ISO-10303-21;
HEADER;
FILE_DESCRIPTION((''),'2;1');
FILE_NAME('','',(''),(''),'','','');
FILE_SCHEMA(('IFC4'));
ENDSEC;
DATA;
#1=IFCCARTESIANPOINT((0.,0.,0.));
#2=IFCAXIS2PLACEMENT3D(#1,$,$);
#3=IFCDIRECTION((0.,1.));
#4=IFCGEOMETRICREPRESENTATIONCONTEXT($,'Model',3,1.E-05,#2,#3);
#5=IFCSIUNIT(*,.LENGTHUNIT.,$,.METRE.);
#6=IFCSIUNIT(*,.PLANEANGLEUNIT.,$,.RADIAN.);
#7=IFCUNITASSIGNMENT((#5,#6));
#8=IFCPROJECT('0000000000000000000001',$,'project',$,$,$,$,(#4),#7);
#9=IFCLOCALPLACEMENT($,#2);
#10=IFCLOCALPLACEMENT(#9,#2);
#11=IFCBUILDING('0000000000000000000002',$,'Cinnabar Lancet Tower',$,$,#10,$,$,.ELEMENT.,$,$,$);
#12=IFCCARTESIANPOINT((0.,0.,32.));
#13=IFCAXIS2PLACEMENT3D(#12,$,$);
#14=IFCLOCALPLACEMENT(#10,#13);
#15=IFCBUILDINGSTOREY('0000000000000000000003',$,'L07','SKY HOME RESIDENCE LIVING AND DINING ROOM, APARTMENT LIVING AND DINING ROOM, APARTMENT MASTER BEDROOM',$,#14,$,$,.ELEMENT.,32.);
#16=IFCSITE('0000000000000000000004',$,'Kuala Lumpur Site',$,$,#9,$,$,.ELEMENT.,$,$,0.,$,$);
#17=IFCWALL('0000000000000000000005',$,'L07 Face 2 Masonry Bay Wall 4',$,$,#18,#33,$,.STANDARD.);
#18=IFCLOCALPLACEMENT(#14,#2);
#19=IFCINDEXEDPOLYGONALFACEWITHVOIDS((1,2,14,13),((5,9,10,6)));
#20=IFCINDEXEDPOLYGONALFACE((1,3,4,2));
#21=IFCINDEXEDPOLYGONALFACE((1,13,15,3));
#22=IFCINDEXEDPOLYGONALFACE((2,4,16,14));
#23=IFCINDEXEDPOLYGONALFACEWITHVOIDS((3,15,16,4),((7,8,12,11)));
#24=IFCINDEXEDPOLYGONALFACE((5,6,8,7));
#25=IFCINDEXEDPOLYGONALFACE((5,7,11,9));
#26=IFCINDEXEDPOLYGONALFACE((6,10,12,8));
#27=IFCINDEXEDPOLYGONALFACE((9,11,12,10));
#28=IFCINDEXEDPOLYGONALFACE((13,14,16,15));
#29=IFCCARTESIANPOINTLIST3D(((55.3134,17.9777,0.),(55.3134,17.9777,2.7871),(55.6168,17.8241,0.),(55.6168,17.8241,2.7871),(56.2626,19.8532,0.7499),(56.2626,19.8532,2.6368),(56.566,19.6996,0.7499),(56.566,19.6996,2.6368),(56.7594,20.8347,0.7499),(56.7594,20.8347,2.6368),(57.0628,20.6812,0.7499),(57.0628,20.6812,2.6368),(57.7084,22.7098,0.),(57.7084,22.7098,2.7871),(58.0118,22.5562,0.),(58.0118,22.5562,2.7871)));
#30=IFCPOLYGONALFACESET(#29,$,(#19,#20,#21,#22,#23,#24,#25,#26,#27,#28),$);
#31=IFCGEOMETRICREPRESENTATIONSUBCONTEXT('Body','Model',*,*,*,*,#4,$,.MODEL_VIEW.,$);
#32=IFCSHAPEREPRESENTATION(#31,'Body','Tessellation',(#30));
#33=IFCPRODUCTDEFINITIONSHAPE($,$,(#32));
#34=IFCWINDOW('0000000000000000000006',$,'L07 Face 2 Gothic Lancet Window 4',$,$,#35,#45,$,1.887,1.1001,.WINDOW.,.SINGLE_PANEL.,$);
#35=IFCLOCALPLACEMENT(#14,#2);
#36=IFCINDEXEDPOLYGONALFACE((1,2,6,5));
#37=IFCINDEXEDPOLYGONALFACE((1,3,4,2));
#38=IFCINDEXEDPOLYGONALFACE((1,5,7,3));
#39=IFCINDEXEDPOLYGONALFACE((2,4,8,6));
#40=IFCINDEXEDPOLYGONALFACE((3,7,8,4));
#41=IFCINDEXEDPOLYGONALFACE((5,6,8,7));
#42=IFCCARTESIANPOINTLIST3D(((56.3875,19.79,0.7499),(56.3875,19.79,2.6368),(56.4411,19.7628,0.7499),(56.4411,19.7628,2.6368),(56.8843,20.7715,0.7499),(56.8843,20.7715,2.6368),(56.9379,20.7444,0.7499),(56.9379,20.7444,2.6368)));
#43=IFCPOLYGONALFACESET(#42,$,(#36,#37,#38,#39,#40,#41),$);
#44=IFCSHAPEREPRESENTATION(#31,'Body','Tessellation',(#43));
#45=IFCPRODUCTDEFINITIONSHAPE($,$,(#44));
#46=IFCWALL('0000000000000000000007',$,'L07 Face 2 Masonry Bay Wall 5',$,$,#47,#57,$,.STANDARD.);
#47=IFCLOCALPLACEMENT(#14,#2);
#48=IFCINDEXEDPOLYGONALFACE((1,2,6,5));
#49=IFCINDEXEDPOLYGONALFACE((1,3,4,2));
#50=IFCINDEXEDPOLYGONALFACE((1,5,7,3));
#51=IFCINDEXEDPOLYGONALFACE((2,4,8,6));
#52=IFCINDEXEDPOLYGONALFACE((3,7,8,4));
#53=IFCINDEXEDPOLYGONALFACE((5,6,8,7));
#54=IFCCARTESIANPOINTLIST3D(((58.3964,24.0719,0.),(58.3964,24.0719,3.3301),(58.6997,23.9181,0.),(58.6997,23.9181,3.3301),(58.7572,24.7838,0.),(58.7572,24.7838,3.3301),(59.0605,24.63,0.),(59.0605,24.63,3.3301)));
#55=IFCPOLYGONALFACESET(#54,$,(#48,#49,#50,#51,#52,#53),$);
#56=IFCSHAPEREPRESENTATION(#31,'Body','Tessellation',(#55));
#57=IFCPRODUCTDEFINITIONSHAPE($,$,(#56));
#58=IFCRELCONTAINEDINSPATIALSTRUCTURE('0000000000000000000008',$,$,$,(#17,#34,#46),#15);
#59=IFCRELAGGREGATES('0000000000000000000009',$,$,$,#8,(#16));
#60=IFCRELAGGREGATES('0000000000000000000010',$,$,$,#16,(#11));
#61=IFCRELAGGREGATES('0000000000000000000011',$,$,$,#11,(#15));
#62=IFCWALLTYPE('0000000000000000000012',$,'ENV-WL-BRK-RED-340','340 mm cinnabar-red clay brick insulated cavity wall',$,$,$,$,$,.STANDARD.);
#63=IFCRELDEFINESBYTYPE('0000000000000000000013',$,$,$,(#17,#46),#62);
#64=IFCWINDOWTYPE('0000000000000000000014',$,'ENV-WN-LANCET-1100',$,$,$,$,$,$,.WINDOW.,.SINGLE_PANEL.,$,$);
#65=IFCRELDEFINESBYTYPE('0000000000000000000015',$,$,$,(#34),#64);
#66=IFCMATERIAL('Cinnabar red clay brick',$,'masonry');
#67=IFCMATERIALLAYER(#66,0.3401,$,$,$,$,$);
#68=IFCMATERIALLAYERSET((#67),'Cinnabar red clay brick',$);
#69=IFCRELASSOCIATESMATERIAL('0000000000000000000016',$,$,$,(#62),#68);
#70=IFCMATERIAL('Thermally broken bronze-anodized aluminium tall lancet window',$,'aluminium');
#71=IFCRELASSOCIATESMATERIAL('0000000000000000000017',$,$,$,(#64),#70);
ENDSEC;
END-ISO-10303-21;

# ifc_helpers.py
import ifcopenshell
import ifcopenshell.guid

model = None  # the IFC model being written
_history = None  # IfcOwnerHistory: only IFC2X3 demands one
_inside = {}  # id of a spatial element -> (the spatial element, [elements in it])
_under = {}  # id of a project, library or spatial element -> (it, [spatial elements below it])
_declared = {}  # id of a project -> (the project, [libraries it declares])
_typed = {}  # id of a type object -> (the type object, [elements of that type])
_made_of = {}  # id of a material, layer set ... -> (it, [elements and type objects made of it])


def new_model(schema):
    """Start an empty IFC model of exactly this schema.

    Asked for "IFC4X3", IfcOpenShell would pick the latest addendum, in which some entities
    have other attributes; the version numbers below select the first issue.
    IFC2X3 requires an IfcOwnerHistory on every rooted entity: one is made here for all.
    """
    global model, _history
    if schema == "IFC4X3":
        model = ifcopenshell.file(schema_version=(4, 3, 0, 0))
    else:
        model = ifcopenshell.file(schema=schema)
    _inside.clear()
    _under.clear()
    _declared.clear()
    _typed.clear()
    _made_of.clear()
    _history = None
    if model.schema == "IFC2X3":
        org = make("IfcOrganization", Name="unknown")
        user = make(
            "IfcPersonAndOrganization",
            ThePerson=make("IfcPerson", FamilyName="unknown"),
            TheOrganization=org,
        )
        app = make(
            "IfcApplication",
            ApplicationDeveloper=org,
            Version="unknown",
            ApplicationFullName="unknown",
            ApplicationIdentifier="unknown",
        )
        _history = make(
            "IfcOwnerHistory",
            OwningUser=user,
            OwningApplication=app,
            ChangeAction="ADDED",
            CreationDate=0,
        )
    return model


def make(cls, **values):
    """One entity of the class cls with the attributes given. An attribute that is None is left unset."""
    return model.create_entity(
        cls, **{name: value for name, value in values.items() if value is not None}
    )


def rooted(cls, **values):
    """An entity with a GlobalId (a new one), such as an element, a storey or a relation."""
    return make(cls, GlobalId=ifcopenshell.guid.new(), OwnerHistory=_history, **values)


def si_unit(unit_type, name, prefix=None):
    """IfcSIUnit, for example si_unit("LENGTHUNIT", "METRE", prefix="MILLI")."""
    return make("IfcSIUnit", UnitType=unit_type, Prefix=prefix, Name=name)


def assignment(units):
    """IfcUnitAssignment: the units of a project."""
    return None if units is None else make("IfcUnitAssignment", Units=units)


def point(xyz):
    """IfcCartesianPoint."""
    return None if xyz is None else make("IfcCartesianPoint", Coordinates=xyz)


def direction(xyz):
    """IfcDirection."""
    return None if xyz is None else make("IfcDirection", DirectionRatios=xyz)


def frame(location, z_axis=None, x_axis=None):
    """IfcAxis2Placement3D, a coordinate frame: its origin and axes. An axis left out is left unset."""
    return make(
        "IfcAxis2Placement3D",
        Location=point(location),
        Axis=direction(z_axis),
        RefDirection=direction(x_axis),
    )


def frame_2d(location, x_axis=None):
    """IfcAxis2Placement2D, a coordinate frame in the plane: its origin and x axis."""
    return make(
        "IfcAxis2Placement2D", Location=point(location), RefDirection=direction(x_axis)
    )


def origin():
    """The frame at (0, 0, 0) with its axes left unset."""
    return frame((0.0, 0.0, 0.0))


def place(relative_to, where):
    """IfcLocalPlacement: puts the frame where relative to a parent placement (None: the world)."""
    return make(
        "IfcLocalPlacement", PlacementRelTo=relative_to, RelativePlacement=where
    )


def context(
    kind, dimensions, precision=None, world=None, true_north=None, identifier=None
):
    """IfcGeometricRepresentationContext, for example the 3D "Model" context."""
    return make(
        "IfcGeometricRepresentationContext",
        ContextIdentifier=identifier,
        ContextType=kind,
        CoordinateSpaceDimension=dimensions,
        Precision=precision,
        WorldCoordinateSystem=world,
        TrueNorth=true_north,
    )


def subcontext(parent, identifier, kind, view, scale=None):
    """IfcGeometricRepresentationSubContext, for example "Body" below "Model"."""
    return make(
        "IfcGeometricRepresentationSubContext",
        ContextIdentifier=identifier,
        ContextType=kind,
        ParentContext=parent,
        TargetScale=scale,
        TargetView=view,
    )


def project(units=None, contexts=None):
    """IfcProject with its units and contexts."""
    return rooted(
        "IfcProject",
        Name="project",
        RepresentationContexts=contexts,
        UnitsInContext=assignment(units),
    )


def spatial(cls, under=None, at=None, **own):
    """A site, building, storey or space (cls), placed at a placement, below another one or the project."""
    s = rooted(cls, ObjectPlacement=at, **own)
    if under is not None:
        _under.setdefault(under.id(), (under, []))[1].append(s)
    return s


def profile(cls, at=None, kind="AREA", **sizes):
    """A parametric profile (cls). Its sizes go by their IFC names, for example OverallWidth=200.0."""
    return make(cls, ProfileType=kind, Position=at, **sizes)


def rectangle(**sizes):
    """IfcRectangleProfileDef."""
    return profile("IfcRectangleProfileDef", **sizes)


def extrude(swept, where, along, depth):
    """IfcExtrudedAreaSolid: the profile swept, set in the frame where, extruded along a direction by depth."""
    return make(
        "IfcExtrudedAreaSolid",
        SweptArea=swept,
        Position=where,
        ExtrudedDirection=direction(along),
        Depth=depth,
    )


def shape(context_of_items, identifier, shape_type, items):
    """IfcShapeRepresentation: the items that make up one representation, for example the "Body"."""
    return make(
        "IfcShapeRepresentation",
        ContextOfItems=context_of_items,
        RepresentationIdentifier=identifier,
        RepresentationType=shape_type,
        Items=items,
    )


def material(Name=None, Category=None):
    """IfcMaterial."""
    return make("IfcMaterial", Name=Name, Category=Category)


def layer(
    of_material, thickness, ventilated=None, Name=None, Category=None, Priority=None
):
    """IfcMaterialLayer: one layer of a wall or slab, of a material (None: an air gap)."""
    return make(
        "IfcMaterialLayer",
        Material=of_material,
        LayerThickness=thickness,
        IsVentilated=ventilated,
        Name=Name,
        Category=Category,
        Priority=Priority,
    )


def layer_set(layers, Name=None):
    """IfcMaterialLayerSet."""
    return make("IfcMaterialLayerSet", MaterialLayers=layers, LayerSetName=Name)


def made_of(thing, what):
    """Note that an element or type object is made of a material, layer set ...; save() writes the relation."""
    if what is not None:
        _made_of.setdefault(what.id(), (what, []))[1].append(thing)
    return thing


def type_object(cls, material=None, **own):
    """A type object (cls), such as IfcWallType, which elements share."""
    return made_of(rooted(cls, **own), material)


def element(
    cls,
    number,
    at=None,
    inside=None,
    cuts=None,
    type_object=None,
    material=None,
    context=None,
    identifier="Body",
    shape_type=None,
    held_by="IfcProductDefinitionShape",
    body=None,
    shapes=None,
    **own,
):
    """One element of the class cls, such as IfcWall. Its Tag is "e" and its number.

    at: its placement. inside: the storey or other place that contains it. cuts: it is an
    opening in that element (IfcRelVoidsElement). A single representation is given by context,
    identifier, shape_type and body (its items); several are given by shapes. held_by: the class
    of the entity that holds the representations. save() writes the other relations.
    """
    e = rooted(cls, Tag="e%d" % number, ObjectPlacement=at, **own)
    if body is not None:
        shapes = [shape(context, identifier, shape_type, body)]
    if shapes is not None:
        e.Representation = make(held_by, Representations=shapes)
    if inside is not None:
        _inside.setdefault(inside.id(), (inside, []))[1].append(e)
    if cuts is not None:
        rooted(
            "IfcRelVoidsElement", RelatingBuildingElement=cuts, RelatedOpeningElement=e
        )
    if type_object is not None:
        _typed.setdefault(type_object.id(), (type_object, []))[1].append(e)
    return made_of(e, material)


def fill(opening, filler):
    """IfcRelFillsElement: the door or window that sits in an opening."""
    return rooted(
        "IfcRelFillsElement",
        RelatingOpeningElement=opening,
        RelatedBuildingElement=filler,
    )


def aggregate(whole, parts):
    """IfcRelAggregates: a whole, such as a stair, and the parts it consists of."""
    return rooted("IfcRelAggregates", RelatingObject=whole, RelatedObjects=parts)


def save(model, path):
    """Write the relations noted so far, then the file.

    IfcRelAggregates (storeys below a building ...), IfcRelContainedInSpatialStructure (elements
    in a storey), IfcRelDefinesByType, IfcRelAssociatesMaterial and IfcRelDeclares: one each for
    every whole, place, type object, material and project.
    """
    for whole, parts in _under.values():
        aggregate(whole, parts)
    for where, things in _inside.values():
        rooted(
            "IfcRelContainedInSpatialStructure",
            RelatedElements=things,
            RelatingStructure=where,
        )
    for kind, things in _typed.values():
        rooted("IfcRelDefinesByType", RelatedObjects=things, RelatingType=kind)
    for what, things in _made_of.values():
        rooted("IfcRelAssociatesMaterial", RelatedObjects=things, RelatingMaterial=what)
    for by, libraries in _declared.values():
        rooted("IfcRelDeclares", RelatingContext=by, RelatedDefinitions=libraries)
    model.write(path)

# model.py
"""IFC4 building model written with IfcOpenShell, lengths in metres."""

from ifc_helpers import new_model, si_unit, direction, frame, frame_2d, origin, place, context, subcontext, project, spatial, rectangle, extrude, material, layer, layer_set, type_object, element, fill, save


model = new_model("IFC4")

# Units and contexts
model_context = context("Model", 3, precision=1e-05, world=origin(), true_north=direction((0.0, 1.0)))
body_context = subcontext(model_context, "Body", "Model", "MODEL_VIEW")
ifc_project = project(units=[si_unit("LENGTHUNIT", "METRE"), si_unit("PLANEANGLEUNIT", "RADIAN")], contexts=[model_context])

# Site, building, storey
site_placement = place(None, origin())
site = spatial("IfcSite", under=ifc_project, at=site_placement, Name="Kuala Lumpur Site", CompositionType="ELEMENT", RefElevation=0.0)
building_placement = place(site_placement, origin())
building = spatial("IfcBuilding", under=site, at=building_placement, Name="Cinnabar Lancet Tower", CompositionType="ELEMENT")
storey_placement = place(building_placement, frame((0.0, 0.0, 32.0)))
storey = spatial("IfcBuildingStorey", under=building, at=storey_placement, Name="L07", Description="SKY HOME RESIDENCE LIVING AND DINING ROOM, APARTMENT LIVING AND DINING ROOM, APARTMENT MASTER BEDROOM", CompositionType="ELEMENT", Elevation=32.0)

# Wall, opening, window
ifc_material_1 = material(Name="Cinnabar red clay brick", Category="masonry")
ifc_layer_1 = layer(ifc_material_1, 0.3401)
ifc_layer_set_1 = layer_set([ifc_layer_1], Name="Cinnabar red clay brick")
wall_type_1 = type_object("IfcWallType", Name="ENV-WL-BRK-RED-340", Description="340 mm cinnabar-red clay brick insulated cavity wall", PredefinedType="STANDARD", material=ifc_layer_set_1)
wall_1_placement = place(storey_placement, frame((55.4651, 17.9009, 0.0), z_axis=(0.0, 0.0, 1.0), x_axis=(0.451572, 0.892235, 0.0)))
wall_1 = element("IfcWall", 1, at=wall_1_placement, inside=storey, type_object=wall_type_1, Name="L07 Face 2 Masonry Bay Wall 4", PredefinedType="STANDARD", context=body_context, shape_type="SweptSolid", body=[
    extrude(rectangle(XDim=5.3037, YDim=0.3401, at=frame_2d((2.6519, 0.0))), origin(), (0.0, 0.0, 1.0), 2.7871),
])
opening_1_placement = place(wall_1_placement, frame((2.1021, 0.0, 0.75)))
opening_1 = element("IfcOpeningElement", 2, at=opening_1_placement, cuts=wall_1, PredefinedType="OPENING", context=body_context, shape_type="SweptSolid", body=[
    extrude(rectangle(XDim=1.1001, YDim=1.887, at=frame_2d((0.55, 0.9434))), frame((0.0, 0.1799, 0.0), z_axis=(0.0, -1.0, 0.0), x_axis=(1.0, 0.0, 0.0)), (0.0, 0.0, 1.0), 0.3601),
])
ifc_material_2 = material(Name="Thermally broken bronze-anodized aluminium tall lancet window", Category="aluminium")
window_type = type_object("IfcWindowType", Name="ENV-WN-LANCET-1100", PartitioningType="SINGLE_PANEL", PredefinedType="WINDOW", material=ifc_material_2)
window_placement = place(opening_1_placement, origin())
window = element("IfcWindow", 3, at=window_placement, inside=storey, type_object=window_type, Name="L07 Face 2 Gothic Lancet Window 4", OverallHeight=1.887, OverallWidth=1.1001, PartitioningType="SINGLE_PANEL", PredefinedType="WINDOW", context=body_context, shape_type="SweptSolid", body=[
    extrude(rectangle(XDim=1.1001, YDim=1.887, at=frame_2d((0.55, 0.9434))), frame((0.0, 0.03, 0.0), z_axis=(0.0, -1.0, 0.0), x_axis=(1.0, 0.0, 0.0)), (0.0, 0.0, 1.0), 0.0601),
])
fill(opening_1, window)

# Wall
wall_2_placement = place(storey_placement, frame((58.5481, 23.9951, 0.0), z_axis=(0.0, 0.0, 1.0), x_axis=(0.452101, 0.891967, 0.0)))
element("IfcWall", 4, at=wall_2_placement, inside=storey, type_object=wall_type_1, Name="L07 Face 2 Masonry Bay Wall 5", PredefinedType="STANDARD", context=body_context, shape_type="SweptSolid", body=[
    extrude(rectangle(XDim=0.7981, YDim=0.3401, at=frame_2d((0.3989, 0.0))), origin(), (0.0, 0.0, 1.0), 3.3301),
])

save(model, "model.ifc")
